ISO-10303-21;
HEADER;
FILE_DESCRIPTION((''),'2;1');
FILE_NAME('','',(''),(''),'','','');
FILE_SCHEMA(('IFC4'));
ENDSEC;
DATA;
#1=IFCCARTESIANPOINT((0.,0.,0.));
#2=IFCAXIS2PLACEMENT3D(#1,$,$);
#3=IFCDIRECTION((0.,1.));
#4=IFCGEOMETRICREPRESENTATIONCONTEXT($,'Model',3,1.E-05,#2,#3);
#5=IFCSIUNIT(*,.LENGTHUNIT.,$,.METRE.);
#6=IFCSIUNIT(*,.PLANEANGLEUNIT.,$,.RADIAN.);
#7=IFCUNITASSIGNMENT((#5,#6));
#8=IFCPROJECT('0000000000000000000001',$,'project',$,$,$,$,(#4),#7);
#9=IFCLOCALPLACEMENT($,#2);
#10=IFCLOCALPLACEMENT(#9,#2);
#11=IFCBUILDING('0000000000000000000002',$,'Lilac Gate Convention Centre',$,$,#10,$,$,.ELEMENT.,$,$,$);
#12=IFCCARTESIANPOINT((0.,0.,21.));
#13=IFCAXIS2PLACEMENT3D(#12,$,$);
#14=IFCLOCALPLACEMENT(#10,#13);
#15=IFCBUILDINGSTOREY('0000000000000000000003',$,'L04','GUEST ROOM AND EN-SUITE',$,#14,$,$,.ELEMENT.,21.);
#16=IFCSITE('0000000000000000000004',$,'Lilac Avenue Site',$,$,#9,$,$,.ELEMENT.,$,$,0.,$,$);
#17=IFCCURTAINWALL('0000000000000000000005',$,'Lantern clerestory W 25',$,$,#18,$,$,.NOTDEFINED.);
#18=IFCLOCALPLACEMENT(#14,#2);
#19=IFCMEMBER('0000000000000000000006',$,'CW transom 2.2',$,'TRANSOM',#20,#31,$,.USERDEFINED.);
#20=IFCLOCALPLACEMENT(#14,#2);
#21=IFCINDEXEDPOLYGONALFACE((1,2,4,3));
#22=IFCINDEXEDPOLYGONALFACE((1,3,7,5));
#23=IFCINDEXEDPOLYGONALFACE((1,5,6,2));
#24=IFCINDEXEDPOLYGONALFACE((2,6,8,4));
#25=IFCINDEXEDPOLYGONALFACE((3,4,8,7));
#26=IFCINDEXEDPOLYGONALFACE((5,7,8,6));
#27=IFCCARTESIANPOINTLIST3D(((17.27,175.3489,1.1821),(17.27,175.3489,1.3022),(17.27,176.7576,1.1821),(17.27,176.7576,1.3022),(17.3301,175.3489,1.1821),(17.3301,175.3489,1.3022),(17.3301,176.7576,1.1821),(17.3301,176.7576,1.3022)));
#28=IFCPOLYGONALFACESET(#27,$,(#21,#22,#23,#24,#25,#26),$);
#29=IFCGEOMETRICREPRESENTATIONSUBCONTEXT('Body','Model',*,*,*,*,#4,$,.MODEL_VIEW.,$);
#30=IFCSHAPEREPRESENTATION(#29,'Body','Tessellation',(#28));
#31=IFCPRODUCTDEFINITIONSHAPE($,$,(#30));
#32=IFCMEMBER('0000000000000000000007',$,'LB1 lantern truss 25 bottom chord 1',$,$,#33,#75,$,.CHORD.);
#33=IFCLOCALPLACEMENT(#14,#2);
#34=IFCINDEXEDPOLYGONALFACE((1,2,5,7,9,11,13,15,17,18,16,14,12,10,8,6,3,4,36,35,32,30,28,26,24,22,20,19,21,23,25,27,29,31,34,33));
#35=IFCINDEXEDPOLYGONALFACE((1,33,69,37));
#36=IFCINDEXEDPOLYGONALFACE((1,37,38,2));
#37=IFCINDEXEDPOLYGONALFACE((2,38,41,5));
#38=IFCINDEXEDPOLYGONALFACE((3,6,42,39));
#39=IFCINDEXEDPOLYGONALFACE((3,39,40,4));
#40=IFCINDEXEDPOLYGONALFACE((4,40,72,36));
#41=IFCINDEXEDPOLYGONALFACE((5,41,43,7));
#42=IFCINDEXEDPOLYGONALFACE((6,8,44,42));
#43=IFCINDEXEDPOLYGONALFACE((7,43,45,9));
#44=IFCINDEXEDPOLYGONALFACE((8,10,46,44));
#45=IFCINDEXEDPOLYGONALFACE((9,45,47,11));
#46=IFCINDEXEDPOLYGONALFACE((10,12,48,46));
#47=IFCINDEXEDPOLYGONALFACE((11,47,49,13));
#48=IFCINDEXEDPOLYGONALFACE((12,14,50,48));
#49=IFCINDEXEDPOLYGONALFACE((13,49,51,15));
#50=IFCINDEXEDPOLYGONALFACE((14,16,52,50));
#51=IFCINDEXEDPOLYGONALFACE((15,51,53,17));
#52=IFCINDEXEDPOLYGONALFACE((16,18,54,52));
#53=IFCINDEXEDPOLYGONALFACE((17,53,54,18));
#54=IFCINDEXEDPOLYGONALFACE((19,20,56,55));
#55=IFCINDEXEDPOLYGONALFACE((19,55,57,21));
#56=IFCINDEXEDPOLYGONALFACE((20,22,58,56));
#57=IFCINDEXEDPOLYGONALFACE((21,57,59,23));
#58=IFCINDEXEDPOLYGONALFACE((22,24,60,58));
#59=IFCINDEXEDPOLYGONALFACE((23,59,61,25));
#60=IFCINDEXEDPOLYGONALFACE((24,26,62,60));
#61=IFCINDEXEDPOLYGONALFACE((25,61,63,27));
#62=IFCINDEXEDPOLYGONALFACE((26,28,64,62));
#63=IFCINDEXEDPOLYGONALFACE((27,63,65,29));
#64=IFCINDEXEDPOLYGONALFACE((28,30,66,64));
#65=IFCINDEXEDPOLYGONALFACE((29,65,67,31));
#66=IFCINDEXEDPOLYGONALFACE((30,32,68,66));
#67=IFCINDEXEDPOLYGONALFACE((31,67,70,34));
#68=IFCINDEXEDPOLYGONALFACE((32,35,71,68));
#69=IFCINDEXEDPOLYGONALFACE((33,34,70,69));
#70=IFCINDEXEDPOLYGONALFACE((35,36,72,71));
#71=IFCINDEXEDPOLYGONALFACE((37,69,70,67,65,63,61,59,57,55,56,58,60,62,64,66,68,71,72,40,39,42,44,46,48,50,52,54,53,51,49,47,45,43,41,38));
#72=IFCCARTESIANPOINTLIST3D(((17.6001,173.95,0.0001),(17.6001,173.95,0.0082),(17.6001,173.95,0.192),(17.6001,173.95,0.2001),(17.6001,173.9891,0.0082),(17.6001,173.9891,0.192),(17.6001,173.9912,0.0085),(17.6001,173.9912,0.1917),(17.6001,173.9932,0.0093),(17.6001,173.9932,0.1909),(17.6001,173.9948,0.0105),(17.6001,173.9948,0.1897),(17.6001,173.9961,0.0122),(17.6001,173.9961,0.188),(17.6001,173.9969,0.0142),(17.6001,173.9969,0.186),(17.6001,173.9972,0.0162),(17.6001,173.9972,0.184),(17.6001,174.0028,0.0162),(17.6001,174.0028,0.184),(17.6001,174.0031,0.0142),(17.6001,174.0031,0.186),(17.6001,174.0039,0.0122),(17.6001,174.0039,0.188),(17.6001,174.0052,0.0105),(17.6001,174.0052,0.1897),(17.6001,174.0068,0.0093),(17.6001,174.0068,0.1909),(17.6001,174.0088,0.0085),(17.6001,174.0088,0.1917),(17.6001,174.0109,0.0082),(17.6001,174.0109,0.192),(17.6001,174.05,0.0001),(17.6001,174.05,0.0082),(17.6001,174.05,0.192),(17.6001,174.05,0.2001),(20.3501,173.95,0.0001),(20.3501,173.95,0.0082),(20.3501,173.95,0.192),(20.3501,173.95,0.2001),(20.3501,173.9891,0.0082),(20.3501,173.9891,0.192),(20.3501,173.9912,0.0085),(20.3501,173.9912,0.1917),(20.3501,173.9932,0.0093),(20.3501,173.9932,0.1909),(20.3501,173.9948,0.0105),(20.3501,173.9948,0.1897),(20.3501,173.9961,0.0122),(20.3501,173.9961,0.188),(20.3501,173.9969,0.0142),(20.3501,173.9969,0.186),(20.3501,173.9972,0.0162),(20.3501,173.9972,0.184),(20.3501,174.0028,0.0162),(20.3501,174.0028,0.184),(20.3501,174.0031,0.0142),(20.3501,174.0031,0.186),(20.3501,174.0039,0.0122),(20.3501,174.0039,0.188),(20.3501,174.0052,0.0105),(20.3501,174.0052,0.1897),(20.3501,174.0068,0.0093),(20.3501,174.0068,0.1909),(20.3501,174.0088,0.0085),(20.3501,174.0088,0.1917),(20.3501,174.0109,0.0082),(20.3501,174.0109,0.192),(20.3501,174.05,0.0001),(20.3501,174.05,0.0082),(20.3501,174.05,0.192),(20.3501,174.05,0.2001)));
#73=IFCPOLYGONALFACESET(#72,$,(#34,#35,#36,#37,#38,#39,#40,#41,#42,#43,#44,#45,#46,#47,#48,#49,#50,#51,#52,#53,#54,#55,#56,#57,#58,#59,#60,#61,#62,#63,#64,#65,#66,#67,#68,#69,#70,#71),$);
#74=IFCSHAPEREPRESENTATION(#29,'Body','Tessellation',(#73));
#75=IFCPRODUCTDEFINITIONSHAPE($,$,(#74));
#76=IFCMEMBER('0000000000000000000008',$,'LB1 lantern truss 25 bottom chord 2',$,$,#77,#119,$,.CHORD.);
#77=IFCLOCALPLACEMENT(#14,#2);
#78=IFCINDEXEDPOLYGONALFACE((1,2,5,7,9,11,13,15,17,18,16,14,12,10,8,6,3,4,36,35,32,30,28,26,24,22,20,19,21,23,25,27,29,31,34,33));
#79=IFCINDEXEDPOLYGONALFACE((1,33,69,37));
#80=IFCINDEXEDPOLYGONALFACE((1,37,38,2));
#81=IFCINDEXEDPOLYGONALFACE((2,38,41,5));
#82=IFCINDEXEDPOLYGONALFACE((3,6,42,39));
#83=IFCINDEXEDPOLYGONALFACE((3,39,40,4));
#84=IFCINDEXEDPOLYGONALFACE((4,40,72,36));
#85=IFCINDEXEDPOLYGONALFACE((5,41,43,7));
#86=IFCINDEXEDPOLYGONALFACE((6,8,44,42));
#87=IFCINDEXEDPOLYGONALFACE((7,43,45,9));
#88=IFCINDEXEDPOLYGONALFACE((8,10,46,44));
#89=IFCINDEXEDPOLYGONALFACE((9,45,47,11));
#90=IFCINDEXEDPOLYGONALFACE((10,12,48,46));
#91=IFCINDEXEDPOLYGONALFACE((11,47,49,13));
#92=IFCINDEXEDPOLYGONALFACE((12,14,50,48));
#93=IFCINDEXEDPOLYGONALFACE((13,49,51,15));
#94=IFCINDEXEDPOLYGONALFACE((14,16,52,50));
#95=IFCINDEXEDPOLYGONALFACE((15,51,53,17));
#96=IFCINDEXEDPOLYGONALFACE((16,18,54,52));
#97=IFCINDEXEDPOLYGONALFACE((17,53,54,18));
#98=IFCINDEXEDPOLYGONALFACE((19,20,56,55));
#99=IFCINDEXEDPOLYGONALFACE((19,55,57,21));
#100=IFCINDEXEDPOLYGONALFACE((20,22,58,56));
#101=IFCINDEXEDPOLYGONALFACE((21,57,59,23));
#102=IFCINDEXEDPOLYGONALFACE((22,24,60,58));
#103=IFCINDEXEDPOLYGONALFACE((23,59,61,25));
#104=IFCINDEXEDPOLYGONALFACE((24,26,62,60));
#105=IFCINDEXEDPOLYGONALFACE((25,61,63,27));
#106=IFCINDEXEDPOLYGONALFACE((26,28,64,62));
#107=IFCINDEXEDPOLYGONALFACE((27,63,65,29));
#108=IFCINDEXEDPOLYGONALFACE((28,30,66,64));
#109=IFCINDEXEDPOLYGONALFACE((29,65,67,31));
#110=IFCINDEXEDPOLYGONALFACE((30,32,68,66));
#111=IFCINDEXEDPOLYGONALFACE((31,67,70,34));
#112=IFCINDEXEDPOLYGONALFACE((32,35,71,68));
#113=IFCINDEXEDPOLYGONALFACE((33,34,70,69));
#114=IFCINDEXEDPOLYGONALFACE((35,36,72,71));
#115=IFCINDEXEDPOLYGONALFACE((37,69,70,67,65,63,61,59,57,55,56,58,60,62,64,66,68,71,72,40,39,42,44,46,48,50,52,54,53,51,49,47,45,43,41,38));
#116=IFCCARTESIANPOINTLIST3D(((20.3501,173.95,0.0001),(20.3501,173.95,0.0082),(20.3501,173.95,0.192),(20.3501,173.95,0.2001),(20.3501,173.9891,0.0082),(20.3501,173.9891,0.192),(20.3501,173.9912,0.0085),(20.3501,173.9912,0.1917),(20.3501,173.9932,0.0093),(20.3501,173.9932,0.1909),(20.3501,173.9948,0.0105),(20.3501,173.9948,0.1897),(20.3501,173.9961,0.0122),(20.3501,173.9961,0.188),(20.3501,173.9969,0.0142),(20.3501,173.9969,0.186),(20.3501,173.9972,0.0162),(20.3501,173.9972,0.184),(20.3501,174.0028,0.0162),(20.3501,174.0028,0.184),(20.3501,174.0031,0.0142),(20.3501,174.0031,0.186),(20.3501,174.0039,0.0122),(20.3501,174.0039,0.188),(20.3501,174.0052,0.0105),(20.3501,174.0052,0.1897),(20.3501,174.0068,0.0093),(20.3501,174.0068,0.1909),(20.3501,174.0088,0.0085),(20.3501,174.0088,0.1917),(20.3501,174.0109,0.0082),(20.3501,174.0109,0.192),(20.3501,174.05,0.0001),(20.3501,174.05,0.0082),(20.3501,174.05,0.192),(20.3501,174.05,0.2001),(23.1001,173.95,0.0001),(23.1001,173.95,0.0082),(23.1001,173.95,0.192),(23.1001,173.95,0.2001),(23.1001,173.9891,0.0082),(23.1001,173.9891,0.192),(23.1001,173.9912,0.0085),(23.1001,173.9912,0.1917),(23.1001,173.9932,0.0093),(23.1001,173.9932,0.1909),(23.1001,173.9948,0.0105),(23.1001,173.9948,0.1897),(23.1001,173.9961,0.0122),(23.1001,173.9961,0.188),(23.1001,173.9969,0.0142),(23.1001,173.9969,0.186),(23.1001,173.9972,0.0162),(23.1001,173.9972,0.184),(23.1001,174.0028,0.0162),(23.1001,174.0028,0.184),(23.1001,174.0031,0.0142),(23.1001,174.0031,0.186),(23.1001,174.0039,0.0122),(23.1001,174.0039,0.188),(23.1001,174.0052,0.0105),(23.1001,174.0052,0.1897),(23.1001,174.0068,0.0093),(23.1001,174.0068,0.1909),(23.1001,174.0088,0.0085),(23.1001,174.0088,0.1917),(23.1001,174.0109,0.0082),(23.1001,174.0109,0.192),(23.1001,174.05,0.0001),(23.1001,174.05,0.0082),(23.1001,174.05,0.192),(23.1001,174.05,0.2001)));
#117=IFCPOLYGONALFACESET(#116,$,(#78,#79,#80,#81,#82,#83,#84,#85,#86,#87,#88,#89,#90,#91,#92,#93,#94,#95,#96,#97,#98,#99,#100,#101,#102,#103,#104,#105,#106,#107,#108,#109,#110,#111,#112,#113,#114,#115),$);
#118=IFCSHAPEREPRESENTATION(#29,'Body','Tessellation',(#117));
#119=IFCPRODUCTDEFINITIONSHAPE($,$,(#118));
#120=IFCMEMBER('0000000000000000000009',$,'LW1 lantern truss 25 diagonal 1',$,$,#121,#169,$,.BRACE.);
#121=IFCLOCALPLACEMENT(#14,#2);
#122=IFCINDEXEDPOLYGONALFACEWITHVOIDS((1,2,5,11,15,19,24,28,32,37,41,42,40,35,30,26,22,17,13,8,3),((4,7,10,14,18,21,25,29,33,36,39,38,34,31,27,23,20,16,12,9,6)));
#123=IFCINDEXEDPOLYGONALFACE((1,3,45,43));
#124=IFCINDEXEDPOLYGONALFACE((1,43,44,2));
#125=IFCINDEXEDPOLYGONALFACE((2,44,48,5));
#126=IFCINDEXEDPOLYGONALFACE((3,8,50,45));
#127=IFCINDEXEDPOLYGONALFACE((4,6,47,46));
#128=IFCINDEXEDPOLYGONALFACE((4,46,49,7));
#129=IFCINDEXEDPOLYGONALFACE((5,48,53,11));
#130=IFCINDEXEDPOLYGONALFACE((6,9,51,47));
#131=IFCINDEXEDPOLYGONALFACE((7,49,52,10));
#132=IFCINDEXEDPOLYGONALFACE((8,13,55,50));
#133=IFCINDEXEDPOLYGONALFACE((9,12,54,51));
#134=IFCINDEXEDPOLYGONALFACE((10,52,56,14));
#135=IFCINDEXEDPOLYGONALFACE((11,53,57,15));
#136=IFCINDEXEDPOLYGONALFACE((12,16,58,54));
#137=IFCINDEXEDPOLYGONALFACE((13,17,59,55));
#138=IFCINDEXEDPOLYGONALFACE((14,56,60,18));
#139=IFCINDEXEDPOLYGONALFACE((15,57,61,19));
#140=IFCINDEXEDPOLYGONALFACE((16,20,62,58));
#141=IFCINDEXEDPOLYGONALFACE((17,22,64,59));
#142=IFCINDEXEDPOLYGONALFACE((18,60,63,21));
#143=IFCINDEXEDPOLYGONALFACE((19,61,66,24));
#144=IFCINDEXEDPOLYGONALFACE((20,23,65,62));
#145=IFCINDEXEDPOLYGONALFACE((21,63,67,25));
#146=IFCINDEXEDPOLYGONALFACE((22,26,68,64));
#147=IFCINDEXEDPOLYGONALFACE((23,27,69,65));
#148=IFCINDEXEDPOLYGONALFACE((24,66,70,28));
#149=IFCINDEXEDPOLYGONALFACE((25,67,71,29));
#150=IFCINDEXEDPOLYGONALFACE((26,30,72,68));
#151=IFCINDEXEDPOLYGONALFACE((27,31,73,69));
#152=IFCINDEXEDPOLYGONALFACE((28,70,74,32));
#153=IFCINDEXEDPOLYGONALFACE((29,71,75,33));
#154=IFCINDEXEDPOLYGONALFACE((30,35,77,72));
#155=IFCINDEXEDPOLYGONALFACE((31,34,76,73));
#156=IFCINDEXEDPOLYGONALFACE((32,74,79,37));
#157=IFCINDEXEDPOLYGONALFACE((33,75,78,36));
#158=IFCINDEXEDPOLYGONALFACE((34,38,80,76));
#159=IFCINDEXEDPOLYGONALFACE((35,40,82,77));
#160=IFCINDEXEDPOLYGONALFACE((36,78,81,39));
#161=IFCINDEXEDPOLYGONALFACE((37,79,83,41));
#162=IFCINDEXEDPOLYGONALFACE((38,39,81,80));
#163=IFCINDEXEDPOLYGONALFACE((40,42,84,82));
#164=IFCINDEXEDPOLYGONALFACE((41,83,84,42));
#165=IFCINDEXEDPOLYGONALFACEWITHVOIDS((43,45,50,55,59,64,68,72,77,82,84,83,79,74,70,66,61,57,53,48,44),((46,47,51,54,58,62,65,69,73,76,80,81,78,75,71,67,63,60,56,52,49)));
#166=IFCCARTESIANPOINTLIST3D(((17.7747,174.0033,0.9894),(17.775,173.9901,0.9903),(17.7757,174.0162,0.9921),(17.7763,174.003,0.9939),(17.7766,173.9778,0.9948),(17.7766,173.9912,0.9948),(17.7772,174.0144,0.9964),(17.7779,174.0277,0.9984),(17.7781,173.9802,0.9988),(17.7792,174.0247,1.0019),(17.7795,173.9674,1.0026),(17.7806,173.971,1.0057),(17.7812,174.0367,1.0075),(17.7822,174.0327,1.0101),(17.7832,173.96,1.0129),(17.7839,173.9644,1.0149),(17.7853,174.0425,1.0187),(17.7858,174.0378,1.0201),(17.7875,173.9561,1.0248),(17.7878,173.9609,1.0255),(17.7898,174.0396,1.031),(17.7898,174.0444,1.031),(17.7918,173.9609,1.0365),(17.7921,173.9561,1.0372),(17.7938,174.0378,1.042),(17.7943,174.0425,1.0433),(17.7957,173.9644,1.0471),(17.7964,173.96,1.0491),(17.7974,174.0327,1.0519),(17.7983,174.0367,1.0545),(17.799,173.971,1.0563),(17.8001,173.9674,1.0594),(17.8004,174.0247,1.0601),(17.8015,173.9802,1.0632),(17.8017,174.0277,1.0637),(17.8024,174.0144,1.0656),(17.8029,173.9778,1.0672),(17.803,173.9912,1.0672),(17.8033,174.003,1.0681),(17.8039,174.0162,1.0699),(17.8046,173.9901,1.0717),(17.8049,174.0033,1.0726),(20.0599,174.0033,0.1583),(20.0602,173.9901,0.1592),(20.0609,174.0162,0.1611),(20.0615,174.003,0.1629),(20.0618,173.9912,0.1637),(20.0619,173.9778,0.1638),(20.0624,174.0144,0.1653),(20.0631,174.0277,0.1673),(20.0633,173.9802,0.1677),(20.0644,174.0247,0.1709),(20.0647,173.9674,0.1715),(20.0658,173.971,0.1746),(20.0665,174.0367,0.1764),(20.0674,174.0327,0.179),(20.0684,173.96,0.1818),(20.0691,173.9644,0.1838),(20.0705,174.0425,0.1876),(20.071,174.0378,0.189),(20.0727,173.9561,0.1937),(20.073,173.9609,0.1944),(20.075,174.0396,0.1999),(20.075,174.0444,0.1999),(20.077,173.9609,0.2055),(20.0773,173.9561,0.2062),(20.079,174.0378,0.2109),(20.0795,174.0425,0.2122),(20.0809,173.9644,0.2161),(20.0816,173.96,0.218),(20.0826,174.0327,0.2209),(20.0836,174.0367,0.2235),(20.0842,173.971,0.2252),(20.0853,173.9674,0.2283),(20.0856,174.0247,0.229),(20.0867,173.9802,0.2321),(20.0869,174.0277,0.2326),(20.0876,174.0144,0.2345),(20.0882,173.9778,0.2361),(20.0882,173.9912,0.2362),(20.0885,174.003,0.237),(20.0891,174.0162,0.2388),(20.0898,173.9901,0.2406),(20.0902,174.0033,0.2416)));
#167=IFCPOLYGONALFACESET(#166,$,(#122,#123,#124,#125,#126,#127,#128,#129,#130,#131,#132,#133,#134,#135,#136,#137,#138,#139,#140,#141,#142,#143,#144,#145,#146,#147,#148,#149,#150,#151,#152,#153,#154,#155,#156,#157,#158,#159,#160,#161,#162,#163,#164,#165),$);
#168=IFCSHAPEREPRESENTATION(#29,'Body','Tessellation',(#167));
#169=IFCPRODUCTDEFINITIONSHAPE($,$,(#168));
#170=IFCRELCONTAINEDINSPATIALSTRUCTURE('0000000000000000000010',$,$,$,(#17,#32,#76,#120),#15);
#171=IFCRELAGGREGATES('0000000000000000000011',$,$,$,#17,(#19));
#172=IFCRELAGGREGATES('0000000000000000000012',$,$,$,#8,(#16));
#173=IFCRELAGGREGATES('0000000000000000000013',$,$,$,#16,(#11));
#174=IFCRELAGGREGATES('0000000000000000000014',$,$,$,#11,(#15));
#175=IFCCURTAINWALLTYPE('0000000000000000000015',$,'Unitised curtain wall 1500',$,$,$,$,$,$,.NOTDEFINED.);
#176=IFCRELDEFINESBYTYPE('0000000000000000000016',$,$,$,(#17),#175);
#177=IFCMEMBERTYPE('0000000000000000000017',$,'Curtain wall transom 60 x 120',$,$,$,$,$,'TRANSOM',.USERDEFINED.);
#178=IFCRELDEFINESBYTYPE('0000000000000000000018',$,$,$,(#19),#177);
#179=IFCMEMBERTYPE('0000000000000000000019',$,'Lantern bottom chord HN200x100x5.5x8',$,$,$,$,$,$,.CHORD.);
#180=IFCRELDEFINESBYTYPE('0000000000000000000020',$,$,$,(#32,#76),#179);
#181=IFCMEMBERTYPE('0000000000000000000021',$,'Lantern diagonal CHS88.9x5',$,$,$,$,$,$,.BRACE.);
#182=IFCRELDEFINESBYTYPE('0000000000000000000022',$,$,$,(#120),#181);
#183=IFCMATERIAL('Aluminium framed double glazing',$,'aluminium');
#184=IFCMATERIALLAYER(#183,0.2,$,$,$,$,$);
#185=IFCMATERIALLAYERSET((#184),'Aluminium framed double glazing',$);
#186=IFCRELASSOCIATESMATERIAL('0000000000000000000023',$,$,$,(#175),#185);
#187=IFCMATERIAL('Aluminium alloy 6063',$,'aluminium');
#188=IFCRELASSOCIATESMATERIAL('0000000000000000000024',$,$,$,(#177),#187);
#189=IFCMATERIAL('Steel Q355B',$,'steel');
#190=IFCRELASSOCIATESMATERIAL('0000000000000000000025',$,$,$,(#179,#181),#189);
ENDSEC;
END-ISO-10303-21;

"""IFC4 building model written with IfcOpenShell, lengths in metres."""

from ifc_helpers import new_model, si_unit, direction, frame, origin, origin_2d, place, context, subcontext, project, spatial, rectangle, hollow_circle, i_section, extrude, material, layer, layer_set, material_profile, profile_set, type_object, element, aggregate, save


model = new_model("IFC4")

# Units and contexts
model_context = context("Model", 3, precision=1e-05, world=origin(), true_north=direction((0.0, 1.0)))
body_context = subcontext(model_context, "Body", "Model", "MODEL_VIEW")
ifc_project = project(units=[si_unit("LENGTHUNIT", "METRE"), si_unit("PLANEANGLEUNIT", "RADIAN")], contexts=[model_context])

# Site, building, storey
site_placement = place(None, origin())
site = spatial("IfcSite", under=ifc_project, at=site_placement, Name="Lilac Avenue Site", CompositionType="ELEMENT", RefElevation=0.0)
building_placement = place(site_placement, origin())
building = spatial("IfcBuilding", under=site, at=building_placement, Name="Lilac Gate Convention Centre", CompositionType="ELEMENT")
storey_placement = place(building_placement, frame((0.0, 0.0, 21.0)))
storey = spatial("IfcBuildingStorey", under=building, at=storey_placement, Name="L04", Description="GUEST ROOM AND EN-SUITE", CompositionType="ELEMENT", Elevation=21.0)

# Curtain wall
ifc_material_1 = material(Name="Aluminium framed double glazing", Category="aluminium")
ifc_layer_1 = layer(ifc_material_1, 0.2)
ifc_layer_set_1 = layer_set([ifc_layer_1], Name="Aluminium framed double glazing")
curtain_wall_type = type_object("IfcCurtainWallType", Name="Unitised curtain wall 1500", PredefinedType="NOTDEFINED", material=ifc_layer_set_1)
ifc_material_2 = material(Name="Aluminium alloy 6063", Category="aluminium")
curtain_wall_1_placement = place(storey_placement, origin())
curtain_wall_1 = element("IfcCurtainWall", 1, at=curtain_wall_1_placement, inside=storey, type_object=curtain_wall_type, Name="Lantern clerestory W 25", PredefinedType="NOTDEFINED")

# Member
ifc_material_profile_1 = material_profile(ifc_material_2, rectangle(XDim=0.0601, YDim=0.1201, at=origin_2d()), Name="Curtain wall transom 60 x 120")
ifc_profile_set_1 = profile_set([ifc_material_profile_1], Name="Aluminium alloy 6063")
member_type_1 = type_object("IfcMemberType", Name="Curtain wall transom 60 x 120", ElementType="TRANSOM", PredefinedType="USERDEFINED", material=ifc_profile_set_1)
member_1_placement = place(storey_placement, frame((17.3, 175.3489, 1.2422), z_axis=(0.0, 1.0, 0.0), x_axis=(-1.0, 0.0, 0.0)))
member_1 = element("IfcMember", 2, at=member_1_placement, type_object=member_type_1, Name="CW transom 2.2", ObjectType="TRANSOM", PredefinedType="USERDEFINED", context=body_context, shape_type="SweptSolid", body=[
    extrude(rectangle(XDim=0.0601, YDim=0.1201, at=origin_2d()), origin(), (0.0, 0.0, 1.0), 1.4087),
])

# Members
ifc_material_3 = material(Name="Steel Q355B", Category="steel")
ifc_material_profile_2 = material_profile(ifc_material_3, i_section(OverallWidth=0.1001, OverallDepth=0.2, WebThickness=0.0056, FlangeThickness=0.0081, FilletRadius=0.0081, at=origin_2d()), Name="HN200x100x5.5x8")
ifc_profile_set_2 = profile_set([ifc_material_profile_2], Name="Steel Q355B")
member_type_2 = type_object("IfcMemberType", Name="Lantern bottom chord HN200x100x5.5x8", PredefinedType="CHORD", material=ifc_profile_set_2)
for number, where, z_axis, x_axis, name in (
    (3, (17.6001, 174.0, 0.1001), (1.0, 0.0, 0.0), (0.0, 1.0, 0.0), "LB1 lantern truss 25 bottom chord 1"),
    (4, (20.3501, 174.0, 0.1001), (1.0, 0.0, 0.0), (0.0, 1.0, 0.0), "LB1 lantern truss 25 bottom chord 2"),
):
    element("IfcMember", number, at=place(storey_placement, frame(where, z_axis=z_axis, x_axis=x_axis)), inside=storey, type_object=member_type_2, Name=name, PredefinedType="CHORD", context=body_context, shape_type="SweptSolid", body=[
        extrude(i_section(OverallWidth=0.1001, OverallDepth=0.2, WebThickness=0.0056, FlangeThickness=0.0081, FilletRadius=0.0081, at=origin_2d()), origin(), (0.0, 0.0, 1.0), 2.75),
    ])
ifc_material_profile_3 = material_profile(ifc_material_3, hollow_circle(Radius=0.0444, WallThickness=0.0049, at=origin_2d()), Name="CHS88.9x5")
ifc_profile_set_3 = profile_set([ifc_material_profile_3], Name="Steel Q355B")
member_type_3 = type_object("IfcMemberType", Name="Lantern diagonal CHS88.9x5", PredefinedType="BRACE", material=ifc_profile_set_3)
member_2_placement = place(storey_placement, frame((17.7898, 174.0, 1.031), z_axis=(0.939782, 0.0, -0.341775), x_axis=(0.0, 1.0, 0.0)))
element("IfcMember", 5, at=member_2_placement, inside=storey, type_object=member_type_3, Name="LW1 lantern truss 25 diagonal 1", PredefinedType="BRACE", context=body_context, shape_type="SweptSolid", body=[
    extrude(hollow_circle(Radius=0.0444, WallThickness=0.0049, at=origin_2d()), origin(), (0.0, 0.0, 1.0), 2.4316),
])

aggregate(curtain_wall_1, [member_1])

save(model, "model.ifc")
